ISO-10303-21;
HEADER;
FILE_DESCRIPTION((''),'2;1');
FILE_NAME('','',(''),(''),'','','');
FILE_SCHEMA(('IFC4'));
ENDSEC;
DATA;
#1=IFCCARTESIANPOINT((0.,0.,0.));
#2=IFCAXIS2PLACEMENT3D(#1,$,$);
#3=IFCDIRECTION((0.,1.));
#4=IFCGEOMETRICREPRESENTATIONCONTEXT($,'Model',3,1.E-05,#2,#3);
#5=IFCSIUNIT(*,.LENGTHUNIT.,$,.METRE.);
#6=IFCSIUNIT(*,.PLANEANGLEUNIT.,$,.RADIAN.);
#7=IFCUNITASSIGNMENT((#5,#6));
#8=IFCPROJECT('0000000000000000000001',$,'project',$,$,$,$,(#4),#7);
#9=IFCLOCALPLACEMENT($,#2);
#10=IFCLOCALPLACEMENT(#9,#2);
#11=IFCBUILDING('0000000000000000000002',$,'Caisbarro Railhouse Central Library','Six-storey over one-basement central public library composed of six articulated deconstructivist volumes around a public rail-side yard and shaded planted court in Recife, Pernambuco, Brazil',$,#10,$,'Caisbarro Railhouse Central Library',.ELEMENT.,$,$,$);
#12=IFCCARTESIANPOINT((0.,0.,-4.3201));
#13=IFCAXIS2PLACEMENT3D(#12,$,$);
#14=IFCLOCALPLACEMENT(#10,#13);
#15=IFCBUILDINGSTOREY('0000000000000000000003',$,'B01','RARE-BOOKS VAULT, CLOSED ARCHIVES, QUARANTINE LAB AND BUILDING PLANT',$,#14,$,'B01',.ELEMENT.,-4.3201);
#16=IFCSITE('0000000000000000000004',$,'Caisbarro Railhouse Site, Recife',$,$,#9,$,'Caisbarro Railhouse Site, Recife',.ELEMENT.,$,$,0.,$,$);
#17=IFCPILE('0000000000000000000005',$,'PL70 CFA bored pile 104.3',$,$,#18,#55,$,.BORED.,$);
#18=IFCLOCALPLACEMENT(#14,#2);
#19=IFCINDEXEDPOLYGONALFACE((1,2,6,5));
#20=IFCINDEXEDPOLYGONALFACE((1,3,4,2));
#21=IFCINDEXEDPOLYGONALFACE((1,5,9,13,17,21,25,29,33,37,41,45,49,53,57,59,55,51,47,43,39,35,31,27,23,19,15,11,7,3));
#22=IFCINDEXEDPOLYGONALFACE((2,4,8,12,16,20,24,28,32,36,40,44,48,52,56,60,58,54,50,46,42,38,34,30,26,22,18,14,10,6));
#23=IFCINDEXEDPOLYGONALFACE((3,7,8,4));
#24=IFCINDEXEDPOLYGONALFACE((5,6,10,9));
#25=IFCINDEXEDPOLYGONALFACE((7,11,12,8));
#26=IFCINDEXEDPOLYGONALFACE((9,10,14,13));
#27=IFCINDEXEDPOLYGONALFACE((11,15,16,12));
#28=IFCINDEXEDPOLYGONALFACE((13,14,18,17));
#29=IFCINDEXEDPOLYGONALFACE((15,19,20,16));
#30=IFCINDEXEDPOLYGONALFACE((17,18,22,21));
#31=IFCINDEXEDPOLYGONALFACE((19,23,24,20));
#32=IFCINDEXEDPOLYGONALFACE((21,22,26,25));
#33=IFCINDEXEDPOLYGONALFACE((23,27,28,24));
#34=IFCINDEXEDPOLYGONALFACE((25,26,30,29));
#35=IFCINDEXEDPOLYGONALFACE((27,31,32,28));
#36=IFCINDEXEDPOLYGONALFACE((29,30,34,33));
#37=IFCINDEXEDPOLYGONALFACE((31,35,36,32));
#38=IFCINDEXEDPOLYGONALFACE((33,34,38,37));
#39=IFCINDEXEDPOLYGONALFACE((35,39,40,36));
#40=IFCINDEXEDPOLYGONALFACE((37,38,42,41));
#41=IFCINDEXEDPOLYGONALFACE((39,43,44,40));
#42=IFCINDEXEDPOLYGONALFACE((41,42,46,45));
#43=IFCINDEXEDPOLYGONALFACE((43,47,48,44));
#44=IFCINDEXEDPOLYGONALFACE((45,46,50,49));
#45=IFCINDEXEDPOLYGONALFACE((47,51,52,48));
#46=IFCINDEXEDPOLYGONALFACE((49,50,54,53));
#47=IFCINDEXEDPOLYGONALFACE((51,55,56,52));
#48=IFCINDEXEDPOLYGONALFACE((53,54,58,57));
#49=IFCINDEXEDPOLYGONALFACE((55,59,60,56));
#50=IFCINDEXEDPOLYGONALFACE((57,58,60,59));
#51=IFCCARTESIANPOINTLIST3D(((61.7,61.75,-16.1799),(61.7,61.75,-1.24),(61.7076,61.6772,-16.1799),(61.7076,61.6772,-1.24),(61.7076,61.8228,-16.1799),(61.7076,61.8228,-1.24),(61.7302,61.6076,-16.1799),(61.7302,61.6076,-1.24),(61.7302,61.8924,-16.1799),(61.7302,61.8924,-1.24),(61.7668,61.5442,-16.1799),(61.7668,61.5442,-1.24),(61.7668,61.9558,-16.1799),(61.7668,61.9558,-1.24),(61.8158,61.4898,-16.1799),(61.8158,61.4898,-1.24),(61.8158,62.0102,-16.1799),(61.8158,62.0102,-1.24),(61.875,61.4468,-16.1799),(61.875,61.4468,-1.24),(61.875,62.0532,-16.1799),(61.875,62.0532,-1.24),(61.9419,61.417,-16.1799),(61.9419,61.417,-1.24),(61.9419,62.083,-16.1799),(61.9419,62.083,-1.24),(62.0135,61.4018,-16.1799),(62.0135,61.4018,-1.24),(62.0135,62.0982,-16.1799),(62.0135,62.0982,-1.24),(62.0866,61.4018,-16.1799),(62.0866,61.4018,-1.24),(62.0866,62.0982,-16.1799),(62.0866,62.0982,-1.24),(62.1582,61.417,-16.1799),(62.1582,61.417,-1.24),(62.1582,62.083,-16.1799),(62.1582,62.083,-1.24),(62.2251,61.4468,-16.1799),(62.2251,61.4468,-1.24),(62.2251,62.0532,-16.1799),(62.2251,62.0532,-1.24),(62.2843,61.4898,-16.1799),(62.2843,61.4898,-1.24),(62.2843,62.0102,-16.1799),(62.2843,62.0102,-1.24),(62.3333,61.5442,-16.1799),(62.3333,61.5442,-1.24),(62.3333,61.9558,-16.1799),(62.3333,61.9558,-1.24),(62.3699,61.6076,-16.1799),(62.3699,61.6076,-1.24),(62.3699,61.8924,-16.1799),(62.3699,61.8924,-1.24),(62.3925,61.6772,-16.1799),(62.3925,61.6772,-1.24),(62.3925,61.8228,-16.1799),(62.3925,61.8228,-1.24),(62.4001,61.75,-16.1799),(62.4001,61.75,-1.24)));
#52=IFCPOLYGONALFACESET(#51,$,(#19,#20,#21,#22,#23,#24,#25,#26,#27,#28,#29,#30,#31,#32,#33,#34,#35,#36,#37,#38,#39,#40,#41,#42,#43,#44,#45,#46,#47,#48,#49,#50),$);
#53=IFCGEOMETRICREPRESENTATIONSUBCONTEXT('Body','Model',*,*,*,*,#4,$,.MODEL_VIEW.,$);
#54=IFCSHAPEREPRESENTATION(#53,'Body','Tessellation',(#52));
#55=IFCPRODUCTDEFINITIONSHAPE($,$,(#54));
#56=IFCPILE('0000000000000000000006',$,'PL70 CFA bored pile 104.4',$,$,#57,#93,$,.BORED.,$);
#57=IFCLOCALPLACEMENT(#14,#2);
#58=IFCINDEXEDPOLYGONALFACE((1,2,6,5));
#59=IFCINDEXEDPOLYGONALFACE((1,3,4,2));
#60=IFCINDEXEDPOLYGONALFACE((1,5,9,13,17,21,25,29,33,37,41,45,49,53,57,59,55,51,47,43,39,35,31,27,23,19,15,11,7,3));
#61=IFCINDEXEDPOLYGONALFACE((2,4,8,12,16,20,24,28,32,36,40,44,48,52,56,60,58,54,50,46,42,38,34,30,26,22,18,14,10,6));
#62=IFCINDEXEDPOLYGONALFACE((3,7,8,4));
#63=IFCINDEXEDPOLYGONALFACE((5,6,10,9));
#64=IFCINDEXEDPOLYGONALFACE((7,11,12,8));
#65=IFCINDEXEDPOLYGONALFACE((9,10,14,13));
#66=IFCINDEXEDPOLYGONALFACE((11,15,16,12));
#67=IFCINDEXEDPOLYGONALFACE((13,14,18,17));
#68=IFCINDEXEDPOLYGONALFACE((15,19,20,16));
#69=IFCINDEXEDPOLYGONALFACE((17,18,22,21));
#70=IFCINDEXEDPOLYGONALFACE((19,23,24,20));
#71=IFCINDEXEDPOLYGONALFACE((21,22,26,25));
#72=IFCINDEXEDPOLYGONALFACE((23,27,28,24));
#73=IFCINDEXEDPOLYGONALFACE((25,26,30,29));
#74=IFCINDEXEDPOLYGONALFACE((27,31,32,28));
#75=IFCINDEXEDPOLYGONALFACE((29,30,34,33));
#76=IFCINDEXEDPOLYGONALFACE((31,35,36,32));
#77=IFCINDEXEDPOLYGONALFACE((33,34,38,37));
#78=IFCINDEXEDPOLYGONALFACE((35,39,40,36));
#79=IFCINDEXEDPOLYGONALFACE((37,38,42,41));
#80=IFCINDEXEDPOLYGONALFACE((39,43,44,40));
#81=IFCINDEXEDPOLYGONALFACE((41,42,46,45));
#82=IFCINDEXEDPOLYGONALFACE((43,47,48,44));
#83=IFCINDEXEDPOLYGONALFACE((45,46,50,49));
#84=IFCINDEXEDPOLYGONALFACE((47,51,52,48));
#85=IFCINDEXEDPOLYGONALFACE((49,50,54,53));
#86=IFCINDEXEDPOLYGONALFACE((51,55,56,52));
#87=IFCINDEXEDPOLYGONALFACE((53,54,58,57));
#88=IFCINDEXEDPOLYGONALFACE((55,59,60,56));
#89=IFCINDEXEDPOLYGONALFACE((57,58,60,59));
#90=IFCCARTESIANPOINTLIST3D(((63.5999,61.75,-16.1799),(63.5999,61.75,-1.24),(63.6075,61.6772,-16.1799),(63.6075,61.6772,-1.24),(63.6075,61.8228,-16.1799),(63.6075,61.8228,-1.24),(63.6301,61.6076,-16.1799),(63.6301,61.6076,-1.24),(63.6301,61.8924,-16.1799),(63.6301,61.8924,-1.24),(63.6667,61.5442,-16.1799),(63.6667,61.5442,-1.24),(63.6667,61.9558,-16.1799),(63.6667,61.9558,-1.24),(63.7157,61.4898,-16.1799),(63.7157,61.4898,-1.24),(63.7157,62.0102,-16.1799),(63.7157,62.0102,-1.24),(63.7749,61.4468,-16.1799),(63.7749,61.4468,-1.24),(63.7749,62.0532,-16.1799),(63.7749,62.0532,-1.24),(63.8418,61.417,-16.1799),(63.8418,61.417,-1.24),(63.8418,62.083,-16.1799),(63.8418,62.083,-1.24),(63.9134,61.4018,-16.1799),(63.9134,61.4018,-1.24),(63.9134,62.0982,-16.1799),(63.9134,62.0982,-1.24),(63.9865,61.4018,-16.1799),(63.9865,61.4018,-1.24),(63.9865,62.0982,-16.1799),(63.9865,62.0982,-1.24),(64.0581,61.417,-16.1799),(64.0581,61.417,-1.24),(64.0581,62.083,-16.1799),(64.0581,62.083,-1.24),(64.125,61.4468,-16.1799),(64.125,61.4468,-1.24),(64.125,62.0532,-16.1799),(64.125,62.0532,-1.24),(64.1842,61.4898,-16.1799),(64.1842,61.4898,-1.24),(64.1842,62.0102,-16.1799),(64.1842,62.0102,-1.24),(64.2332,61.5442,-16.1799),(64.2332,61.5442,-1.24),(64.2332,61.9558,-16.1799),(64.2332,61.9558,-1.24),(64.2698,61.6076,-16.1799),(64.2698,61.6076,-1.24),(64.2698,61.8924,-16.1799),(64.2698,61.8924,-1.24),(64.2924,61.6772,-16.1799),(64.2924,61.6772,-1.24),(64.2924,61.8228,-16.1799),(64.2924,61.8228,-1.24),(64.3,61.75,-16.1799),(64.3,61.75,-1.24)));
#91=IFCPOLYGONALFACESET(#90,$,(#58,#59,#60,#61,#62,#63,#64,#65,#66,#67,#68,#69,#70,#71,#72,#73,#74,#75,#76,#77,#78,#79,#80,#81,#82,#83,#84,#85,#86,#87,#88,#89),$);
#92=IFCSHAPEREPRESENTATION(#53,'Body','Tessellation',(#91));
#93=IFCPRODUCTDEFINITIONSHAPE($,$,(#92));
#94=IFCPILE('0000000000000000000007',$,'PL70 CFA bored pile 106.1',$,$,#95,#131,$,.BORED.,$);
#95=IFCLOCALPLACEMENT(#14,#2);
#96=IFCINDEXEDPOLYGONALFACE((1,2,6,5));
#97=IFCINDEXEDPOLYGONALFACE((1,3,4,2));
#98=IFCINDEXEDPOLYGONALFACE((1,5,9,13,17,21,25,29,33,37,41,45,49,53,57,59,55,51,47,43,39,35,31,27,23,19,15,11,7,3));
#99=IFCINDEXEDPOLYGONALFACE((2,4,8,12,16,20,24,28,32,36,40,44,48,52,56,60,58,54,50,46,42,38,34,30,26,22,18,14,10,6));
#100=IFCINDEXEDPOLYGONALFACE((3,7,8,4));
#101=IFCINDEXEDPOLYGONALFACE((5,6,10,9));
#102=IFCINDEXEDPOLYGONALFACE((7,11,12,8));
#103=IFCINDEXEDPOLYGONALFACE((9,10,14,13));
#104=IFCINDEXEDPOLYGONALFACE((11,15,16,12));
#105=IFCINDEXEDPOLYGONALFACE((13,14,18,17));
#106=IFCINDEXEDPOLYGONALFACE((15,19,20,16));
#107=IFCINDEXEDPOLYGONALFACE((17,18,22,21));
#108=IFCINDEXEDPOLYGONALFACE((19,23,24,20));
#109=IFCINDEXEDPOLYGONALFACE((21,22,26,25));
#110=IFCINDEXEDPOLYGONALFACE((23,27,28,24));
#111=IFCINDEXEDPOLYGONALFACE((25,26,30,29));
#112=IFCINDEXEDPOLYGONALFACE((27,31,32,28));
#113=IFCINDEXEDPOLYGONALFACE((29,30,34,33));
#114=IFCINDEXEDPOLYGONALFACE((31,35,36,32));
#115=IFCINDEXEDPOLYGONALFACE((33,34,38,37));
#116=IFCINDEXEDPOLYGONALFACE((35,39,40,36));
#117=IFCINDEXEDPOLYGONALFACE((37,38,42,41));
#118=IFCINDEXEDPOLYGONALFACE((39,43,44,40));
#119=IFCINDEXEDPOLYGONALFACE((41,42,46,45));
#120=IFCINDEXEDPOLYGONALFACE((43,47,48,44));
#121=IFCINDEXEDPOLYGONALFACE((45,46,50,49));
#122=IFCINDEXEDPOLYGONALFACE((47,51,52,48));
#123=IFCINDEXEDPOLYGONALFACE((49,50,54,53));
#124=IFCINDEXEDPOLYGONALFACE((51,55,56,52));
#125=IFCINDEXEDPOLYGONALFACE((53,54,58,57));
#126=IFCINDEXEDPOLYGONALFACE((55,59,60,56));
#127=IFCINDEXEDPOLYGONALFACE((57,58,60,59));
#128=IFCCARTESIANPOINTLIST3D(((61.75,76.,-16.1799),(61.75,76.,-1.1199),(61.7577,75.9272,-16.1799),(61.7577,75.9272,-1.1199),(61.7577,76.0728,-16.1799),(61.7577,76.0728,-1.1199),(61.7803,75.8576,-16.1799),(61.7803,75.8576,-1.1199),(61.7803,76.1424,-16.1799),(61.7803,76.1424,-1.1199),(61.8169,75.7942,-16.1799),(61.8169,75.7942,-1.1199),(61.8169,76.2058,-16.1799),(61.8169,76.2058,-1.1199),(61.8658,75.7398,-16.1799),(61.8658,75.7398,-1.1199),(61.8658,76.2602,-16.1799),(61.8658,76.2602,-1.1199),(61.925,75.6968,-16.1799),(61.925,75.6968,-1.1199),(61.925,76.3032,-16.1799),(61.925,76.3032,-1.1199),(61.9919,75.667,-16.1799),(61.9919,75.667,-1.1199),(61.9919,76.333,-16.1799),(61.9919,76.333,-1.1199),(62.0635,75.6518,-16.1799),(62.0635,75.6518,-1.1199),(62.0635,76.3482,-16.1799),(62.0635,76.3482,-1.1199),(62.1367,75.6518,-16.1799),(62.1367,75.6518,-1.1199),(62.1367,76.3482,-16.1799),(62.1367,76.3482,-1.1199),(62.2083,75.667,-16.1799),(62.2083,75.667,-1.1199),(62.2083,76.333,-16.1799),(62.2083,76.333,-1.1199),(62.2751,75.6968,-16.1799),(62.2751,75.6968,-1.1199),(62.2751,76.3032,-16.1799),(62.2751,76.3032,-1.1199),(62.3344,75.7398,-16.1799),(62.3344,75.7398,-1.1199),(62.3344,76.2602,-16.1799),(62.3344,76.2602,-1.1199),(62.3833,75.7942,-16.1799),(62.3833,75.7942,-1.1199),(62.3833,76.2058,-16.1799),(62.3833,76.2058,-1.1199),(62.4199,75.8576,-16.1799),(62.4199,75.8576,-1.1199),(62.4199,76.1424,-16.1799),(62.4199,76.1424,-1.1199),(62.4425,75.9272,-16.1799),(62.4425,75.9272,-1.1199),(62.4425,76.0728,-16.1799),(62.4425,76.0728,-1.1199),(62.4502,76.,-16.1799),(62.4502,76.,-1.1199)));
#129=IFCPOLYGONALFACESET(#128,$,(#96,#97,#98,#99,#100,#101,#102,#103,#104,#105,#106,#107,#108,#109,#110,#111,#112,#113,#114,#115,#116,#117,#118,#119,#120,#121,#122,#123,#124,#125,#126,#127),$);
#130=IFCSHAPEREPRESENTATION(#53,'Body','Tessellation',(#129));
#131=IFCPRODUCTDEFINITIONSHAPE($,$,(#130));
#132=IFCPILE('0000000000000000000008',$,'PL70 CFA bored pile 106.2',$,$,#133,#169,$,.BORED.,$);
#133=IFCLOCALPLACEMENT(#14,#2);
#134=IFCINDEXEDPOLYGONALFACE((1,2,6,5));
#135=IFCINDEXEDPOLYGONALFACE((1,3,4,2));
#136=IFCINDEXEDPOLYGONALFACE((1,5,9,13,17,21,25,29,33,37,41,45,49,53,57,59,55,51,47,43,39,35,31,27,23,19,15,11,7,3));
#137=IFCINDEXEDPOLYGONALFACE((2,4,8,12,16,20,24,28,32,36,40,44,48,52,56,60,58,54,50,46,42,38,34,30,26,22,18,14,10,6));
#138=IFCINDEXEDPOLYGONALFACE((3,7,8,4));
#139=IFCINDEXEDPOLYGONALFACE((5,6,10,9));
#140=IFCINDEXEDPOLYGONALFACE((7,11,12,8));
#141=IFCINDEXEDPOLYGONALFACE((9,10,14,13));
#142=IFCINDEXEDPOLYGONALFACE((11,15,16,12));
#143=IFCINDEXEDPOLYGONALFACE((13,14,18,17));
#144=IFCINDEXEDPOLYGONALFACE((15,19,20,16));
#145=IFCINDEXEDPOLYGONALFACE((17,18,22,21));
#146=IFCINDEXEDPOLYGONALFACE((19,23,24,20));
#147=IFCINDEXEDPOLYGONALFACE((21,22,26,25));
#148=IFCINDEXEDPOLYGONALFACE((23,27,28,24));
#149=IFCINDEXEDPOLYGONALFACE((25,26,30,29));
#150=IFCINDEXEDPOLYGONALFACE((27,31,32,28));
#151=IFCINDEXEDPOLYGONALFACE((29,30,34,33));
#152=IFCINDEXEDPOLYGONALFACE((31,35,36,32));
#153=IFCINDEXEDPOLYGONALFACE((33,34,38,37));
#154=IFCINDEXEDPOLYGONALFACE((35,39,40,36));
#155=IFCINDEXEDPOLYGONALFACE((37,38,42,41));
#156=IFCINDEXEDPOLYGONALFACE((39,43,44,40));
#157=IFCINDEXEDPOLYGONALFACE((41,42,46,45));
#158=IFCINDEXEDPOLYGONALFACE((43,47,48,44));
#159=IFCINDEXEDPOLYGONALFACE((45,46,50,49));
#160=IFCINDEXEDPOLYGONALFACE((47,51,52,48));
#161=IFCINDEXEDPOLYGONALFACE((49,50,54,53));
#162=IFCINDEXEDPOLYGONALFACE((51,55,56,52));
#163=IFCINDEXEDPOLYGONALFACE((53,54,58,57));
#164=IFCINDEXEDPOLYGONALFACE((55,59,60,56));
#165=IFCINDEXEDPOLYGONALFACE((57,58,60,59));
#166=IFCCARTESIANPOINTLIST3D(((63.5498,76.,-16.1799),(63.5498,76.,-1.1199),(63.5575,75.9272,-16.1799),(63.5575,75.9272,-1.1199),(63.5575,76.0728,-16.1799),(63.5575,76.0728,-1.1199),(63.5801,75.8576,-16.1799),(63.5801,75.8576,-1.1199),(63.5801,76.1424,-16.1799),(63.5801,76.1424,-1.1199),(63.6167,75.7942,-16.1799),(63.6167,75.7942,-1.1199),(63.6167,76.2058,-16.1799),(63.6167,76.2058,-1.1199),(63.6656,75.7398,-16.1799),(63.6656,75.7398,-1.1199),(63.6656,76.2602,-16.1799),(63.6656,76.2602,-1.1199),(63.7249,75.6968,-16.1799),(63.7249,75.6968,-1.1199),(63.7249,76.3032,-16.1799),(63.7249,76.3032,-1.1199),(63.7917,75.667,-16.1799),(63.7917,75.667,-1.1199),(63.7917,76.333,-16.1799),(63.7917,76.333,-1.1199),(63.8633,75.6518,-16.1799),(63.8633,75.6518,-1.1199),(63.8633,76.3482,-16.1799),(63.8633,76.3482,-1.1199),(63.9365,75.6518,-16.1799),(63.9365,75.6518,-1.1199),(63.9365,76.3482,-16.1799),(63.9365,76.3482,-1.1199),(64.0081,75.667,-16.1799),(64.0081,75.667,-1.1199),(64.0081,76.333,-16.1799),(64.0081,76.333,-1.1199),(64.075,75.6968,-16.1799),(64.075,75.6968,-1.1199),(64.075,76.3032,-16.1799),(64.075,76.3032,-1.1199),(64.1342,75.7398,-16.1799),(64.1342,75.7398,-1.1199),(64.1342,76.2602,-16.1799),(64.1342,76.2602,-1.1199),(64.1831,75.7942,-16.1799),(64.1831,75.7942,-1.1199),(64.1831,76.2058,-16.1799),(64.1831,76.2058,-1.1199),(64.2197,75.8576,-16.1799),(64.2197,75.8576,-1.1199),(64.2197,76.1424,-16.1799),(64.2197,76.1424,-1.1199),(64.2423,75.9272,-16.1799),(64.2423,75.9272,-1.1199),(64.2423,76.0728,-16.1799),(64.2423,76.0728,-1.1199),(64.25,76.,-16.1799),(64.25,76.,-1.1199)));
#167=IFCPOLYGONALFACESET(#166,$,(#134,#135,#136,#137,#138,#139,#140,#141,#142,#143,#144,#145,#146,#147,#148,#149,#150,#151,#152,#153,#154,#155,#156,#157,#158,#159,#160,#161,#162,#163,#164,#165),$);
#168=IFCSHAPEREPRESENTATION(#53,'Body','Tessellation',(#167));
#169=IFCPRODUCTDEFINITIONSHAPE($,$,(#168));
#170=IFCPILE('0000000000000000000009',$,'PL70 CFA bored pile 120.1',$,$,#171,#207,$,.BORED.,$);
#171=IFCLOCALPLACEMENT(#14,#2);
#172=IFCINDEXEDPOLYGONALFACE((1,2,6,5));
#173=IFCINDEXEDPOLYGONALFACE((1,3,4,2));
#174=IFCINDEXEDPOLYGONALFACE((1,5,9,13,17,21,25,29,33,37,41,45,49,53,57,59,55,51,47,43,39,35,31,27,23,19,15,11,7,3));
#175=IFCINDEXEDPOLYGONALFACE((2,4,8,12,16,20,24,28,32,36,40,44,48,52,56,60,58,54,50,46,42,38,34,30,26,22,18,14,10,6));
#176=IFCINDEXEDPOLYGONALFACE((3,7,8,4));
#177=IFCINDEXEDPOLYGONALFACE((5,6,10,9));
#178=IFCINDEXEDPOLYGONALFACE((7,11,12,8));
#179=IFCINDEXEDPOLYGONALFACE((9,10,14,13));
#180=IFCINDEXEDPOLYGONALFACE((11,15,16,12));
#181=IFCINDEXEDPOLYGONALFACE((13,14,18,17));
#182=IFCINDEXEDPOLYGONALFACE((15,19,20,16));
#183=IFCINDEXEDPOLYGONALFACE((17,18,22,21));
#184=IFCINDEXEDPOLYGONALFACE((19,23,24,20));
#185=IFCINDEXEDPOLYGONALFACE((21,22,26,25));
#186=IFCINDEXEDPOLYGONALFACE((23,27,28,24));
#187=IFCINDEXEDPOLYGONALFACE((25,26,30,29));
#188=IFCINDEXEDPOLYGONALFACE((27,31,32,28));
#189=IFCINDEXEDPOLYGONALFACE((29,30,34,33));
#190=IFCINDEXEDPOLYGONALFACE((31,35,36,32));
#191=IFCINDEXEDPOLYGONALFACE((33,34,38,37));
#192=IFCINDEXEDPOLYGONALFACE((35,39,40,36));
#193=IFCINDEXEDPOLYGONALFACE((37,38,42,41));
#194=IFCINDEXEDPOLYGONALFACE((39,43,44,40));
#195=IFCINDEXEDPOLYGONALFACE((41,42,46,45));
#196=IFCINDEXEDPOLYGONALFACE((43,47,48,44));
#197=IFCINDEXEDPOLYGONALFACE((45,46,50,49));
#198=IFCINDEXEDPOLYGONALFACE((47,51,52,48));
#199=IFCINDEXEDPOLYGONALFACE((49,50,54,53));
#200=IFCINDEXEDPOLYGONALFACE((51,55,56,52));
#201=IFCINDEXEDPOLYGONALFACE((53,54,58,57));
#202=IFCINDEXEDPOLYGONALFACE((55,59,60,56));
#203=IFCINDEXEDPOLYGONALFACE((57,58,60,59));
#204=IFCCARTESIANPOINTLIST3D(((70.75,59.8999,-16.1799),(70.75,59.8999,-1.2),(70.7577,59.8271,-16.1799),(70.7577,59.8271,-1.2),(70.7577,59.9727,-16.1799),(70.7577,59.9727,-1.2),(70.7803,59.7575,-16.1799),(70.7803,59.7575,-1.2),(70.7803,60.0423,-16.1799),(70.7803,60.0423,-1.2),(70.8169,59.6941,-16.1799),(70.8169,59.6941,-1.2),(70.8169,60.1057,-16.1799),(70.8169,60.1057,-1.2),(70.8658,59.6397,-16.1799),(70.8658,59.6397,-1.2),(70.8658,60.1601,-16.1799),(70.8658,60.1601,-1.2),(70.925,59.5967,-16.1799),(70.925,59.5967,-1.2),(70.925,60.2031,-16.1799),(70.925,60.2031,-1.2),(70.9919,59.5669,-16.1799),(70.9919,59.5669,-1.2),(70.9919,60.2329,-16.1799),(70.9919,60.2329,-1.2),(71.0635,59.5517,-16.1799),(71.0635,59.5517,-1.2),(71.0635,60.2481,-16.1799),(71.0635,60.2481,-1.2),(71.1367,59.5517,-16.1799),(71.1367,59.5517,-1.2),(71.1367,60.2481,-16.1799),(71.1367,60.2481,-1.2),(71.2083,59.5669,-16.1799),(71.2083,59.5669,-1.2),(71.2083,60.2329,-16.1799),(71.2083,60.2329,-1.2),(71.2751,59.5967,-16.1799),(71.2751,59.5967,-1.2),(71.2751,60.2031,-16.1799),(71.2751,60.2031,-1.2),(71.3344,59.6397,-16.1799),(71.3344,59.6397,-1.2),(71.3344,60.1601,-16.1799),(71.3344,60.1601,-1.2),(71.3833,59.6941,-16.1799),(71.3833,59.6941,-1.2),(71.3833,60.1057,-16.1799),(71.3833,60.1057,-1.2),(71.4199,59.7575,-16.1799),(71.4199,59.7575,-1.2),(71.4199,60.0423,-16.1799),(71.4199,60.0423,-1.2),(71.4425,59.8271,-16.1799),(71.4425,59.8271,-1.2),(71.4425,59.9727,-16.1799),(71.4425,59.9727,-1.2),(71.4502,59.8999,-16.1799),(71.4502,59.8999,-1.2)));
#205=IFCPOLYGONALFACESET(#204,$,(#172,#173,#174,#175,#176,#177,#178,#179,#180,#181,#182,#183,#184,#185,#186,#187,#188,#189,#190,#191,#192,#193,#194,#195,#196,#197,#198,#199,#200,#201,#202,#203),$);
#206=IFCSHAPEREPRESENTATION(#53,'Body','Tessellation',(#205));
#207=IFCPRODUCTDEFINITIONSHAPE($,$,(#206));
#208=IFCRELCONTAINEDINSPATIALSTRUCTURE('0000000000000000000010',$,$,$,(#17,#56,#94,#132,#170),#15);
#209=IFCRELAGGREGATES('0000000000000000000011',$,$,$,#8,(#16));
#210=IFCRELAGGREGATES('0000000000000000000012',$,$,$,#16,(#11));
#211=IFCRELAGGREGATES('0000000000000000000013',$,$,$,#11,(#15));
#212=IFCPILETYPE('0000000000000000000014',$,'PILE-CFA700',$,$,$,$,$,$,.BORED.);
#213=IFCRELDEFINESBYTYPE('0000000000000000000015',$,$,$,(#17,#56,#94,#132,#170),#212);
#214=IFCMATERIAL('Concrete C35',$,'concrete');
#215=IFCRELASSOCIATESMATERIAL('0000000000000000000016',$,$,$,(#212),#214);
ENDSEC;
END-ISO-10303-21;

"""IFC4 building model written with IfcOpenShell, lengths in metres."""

from ifc_helpers import new_model, si_unit, direction, frame, origin, origin_2d, place, context, subcontext, project, spatial, circle, extrude, material, material_profile, profile_set, type_object, element, save


model = new_model("IFC4")

# Units and contexts
model_context = context("Model", 3, precision=1e-05, world=origin(), true_north=direction((0.0, 1.0)))
body_context = subcontext(model_context, "Body", "Model", "MODEL_VIEW")
ifc_project = project(units=[si_unit("LENGTHUNIT", "METRE"), si_unit("PLANEANGLEUNIT", "RADIAN")], contexts=[model_context])

# Site, building, storey
site_placement = place(None, origin())
site = spatial("IfcSite", under=ifc_project, at=site_placement, Name="Caisbarro Railhouse Site, Recife", LongName="Caisbarro Railhouse Site, Recife", CompositionType="ELEMENT", RefElevation=0.0)
building_placement = place(site_placement, origin())
building = spatial("IfcBuilding", under=site, at=building_placement, Name="Caisbarro Railhouse Central Library", Description="Six-storey over one-basement central public library composed of six articulated deconstructivist volumes around a public rail-side yard and shaded planted court in Recife, Pernambuco, Brazil", LongName="Caisbarro Railhouse Central Library", CompositionType="ELEMENT")
storey_placement = place(building_placement, frame((0.0, 0.0, -4.3201)))
storey = spatial("IfcBuildingStorey", under=building, at=storey_placement, Name="B01", Description="RARE-BOOKS VAULT, CLOSED ARCHIVES, QUARANTINE LAB AND BUILDING PLANT", LongName="B01", CompositionType="ELEMENT", Elevation=-4.3201)

# Shared definitions
ifc_material_1 = material(Name="Concrete C35", Category="concrete")

# Piles
ifc_material_profile_1 = material_profile(ifc_material_1, circle(Radius=0.3501, at=origin_2d()), Name="PILE-CFA-700")
ifc_profile_set_1 = profile_set([ifc_material_profile_1], Name="Concrete C35")
pile_type_1 = type_object("IfcPileType", Name="PILE-CFA700", PredefinedType="BORED", material=ifc_profile_set_1)
for number, where, z_axis, x_axis, name in (
    (1, (62.05, 61.75, -1.24), (0.0, 0.0, -1.0), (1.0, 0.0, 0.0), "PL70 CFA bored pile 104.3"),
    (2, (63.95, 61.75, -1.24), (0.0, 0.0, -1.0), (1.0, 0.0, 0.0), "PL70 CFA bored pile 104.4"),
):
    element("IfcPile", number, at=place(storey_placement, frame(where, z_axis=z_axis, x_axis=x_axis)), inside=storey, type_object=pile_type_1, Name=name, PredefinedType="BORED", context=body_context, shape_type="SweptSolid", body=[
        extrude(circle(Radius=0.3501, at=origin_2d()), origin(), (0.0, 0.0, 1.0), 14.9399),
    ])
for number, where, z_axis, x_axis, name in (
    (3, (62.1001, 76.0, -1.1199), (0.0, 0.0, -1.0), (1.0, 0.0, 0.0), "PL70 CFA bored pile 106.1"),
    (4, (63.8999, 76.0, -1.1199), (0.0, 0.0, -1.0), (1.0, 0.0, 0.0), "PL70 CFA bored pile 106.2"),
):
    element("IfcPile", number, at=place(storey_placement, frame(where, z_axis=z_axis, x_axis=x_axis)), inside=storey, type_object=pile_type_1, Name=name, PredefinedType="BORED", context=body_context, shape_type="SweptSolid", body=[
        extrude(circle(Radius=0.3501, at=origin_2d()), origin(), (0.0, 0.0, 1.0), 15.0601),
    ])
for number, where, z_axis, x_axis, name in (
    (5, (71.1001, 59.8999, -1.2), (0.0, 0.0, -1.0), (1.0, 0.0, 0.0), "PL70 CFA bored pile 120.1"),
):
    element("IfcPile", number, at=place(storey_placement, frame(where, z_axis=z_axis, x_axis=x_axis)), inside=storey, type_object=pile_type_1, Name=name, PredefinedType="BORED", context=body_context, shape_type="SweptSolid", body=[
        extrude(circle(Radius=0.3501, at=origin_2d()), origin(), (0.0, 0.0, 1.0), 14.98),
    ])

save(model, "model.ifc")
